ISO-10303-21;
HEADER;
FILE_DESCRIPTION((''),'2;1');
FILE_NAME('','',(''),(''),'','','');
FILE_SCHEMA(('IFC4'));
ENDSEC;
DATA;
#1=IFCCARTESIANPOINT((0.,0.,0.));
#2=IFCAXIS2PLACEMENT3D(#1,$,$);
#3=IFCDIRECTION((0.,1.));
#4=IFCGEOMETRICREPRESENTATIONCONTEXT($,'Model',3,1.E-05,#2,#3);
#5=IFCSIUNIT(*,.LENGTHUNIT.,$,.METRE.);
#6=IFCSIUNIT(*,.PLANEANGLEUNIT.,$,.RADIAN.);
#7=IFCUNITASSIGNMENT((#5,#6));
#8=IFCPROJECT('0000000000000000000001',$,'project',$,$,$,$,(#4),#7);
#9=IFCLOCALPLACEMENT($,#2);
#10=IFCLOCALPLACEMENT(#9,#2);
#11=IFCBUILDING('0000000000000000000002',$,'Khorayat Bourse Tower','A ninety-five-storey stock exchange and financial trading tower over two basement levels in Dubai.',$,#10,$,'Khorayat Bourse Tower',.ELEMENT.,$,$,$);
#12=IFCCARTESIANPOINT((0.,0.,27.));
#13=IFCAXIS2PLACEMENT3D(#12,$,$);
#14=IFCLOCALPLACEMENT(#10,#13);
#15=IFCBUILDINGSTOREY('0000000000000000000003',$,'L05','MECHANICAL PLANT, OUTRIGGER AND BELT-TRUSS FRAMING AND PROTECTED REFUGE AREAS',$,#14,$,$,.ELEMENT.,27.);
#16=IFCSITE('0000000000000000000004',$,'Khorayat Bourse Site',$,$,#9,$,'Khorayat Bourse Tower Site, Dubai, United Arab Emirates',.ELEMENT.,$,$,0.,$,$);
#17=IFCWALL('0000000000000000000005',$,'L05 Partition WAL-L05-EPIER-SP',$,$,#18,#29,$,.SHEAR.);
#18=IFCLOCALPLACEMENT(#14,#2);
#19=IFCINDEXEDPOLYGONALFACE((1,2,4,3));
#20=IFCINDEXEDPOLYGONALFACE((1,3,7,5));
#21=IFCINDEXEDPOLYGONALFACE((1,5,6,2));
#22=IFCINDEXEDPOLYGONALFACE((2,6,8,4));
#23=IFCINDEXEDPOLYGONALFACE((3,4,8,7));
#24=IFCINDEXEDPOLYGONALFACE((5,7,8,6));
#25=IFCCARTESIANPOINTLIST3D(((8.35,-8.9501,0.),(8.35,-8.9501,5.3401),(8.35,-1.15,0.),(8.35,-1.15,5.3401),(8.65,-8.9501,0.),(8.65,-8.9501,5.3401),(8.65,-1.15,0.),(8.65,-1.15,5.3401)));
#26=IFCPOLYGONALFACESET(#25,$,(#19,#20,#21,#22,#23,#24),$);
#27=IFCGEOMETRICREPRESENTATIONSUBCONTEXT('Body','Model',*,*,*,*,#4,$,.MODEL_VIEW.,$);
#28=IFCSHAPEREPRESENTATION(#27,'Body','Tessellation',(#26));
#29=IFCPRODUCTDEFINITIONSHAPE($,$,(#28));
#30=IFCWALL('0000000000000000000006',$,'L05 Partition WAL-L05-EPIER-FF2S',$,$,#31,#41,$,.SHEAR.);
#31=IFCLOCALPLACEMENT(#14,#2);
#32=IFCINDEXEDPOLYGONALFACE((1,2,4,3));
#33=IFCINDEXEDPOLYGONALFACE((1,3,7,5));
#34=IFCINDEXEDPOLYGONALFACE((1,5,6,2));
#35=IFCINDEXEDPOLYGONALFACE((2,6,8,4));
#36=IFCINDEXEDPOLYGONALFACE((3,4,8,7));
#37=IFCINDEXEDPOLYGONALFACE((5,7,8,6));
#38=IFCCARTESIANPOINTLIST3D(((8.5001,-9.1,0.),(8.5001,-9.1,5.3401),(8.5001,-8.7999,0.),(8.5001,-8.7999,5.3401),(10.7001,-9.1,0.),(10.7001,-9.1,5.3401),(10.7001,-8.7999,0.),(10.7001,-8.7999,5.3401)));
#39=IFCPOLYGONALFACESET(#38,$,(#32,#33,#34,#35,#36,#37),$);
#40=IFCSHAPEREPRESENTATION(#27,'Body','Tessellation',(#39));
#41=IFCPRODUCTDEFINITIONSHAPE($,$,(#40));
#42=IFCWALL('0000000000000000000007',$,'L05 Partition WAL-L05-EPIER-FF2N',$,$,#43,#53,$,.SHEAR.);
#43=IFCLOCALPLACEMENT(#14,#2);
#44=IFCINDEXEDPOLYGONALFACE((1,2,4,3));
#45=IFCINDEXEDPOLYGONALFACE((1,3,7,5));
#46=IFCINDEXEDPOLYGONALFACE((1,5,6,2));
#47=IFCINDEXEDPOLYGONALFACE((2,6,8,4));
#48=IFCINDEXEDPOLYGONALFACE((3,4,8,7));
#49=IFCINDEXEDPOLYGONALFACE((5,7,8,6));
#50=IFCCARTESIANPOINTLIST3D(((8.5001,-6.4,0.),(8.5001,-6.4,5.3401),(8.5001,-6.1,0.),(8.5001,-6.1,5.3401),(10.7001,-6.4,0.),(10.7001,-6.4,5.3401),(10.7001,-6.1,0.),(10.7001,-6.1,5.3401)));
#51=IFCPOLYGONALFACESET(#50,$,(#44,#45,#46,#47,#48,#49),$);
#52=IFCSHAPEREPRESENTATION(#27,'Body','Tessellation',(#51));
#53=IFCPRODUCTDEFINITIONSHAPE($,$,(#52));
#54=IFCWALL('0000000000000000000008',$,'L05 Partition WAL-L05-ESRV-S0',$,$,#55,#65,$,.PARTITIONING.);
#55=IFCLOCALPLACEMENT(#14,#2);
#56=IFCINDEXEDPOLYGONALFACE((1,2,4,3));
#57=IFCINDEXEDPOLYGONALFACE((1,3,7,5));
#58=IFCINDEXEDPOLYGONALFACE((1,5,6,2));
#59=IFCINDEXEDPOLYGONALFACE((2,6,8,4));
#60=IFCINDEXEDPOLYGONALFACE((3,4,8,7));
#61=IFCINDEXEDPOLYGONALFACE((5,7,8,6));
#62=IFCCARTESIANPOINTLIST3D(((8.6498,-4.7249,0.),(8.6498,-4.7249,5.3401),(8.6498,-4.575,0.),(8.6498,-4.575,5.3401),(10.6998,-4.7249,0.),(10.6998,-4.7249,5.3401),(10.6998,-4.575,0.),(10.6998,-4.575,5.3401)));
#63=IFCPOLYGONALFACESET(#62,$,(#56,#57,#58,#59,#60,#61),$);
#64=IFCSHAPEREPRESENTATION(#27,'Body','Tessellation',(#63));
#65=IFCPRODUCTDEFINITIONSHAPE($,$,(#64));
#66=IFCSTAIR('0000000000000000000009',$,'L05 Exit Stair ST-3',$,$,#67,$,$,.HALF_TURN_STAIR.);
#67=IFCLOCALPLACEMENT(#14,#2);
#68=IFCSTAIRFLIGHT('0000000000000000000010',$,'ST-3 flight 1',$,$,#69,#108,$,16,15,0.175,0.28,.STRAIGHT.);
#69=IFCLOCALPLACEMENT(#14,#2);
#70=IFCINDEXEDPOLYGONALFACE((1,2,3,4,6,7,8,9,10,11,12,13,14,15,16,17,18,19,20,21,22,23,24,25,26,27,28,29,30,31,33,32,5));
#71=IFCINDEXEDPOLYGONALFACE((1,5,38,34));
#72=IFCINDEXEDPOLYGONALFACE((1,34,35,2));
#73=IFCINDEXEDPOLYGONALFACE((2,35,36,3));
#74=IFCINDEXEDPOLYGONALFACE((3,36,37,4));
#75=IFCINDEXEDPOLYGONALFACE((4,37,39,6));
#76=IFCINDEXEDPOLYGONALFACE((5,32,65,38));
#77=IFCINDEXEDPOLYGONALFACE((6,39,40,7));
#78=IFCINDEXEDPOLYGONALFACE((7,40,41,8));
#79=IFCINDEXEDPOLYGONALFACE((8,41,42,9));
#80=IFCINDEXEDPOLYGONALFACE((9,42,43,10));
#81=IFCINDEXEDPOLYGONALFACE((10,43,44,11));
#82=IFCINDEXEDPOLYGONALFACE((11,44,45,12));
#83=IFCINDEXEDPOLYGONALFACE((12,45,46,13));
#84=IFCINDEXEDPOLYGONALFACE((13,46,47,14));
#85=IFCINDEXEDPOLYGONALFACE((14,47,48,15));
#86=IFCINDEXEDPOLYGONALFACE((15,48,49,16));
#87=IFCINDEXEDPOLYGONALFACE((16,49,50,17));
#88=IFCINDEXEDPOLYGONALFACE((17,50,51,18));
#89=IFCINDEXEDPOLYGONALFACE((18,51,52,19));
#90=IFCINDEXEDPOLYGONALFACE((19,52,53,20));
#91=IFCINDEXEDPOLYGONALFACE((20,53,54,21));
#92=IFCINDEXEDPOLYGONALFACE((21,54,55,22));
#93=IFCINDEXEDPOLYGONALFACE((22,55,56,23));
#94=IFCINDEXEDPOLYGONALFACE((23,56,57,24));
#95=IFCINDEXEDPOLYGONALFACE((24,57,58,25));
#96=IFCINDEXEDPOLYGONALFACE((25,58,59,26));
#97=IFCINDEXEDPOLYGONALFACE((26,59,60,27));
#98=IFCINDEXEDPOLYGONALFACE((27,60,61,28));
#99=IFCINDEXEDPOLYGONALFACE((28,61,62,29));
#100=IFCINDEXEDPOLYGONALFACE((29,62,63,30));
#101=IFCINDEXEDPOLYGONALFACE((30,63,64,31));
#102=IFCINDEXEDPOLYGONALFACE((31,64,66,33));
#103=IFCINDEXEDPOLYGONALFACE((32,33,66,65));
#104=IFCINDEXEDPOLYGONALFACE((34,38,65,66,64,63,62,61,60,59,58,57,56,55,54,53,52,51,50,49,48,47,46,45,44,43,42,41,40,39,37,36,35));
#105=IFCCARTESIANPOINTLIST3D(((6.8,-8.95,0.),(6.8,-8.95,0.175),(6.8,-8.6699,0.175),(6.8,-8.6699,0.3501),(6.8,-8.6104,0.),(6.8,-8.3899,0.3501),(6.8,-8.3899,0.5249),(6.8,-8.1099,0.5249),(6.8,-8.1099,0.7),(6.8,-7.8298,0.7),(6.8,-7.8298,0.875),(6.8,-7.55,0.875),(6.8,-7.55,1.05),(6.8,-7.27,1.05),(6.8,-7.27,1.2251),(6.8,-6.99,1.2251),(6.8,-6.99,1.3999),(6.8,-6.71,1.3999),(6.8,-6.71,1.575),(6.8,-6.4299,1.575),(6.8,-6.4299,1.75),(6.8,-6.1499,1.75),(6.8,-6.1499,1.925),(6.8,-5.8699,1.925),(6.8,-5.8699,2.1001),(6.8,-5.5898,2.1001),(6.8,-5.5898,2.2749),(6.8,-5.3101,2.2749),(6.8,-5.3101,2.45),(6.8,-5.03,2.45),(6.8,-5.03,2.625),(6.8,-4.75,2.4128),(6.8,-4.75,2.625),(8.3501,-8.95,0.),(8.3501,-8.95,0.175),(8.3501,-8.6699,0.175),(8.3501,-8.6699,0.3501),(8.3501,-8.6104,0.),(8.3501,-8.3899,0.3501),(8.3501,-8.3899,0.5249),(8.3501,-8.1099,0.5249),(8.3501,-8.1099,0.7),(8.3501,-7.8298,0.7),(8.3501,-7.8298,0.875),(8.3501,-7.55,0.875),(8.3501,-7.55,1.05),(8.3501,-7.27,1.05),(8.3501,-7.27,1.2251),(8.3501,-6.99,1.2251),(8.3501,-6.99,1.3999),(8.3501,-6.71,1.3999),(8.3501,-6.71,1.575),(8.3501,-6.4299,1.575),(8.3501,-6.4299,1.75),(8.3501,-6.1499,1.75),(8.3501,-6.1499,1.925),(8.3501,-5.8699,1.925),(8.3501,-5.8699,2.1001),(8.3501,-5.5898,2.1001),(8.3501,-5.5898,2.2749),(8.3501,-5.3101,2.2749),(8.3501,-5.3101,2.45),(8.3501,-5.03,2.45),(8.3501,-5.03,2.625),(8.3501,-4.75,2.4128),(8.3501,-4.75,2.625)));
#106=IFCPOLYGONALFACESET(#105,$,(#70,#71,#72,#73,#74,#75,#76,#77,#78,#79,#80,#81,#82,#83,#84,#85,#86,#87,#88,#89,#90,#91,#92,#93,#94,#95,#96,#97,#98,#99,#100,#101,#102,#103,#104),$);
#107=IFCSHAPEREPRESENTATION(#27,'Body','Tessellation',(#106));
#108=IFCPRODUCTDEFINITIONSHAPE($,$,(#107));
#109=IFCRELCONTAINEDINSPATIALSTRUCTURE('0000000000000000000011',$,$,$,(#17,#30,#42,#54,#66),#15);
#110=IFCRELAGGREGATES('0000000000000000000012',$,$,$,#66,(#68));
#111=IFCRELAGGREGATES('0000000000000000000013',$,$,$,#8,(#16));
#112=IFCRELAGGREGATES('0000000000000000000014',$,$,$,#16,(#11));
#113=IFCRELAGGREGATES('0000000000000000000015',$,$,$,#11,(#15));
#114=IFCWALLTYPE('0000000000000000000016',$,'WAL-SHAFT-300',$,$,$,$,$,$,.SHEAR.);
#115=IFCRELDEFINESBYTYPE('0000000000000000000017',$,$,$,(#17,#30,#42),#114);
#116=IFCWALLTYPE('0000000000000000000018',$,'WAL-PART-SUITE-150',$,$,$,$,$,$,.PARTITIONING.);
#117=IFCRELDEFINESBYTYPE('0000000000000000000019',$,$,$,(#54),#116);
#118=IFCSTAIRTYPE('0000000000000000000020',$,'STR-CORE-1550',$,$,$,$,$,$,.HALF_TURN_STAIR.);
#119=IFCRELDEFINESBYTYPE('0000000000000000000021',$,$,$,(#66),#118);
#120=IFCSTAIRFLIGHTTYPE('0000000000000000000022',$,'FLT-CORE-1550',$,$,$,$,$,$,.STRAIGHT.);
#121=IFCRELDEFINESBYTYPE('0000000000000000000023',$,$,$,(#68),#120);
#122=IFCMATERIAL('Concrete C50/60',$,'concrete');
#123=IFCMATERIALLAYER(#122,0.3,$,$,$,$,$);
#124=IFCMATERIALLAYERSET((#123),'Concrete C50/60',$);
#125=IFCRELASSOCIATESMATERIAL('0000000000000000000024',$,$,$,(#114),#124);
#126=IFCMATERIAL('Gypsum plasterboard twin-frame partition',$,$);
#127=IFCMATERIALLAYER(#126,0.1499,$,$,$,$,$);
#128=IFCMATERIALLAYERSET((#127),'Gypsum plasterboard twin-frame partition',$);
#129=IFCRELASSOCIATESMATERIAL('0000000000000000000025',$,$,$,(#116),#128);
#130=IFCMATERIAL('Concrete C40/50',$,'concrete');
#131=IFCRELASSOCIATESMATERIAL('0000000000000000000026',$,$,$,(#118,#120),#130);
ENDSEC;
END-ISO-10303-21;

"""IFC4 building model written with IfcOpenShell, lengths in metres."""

from ifc_helpers import new_model, si_unit, direction, frame, frame_2d, origin, place, context, subcontext, project, spatial, polyline, rectangle, outline, extrude, source, transform, mapped, material, layer, layer_set, type_object, element, aggregate, save


model = new_model("IFC4")

# Units and contexts
model_context = context("Model", 3, precision=1e-05, world=origin(), true_north=direction((0.0, 1.0)))
body_context = subcontext(model_context, "Body", "Model", "MODEL_VIEW")
ifc_project = project(units=[si_unit("LENGTHUNIT", "METRE"), si_unit("PLANEANGLEUNIT", "RADIAN")], contexts=[model_context])

# Site, building, storey
site_placement = place(None, origin())
site = spatial("IfcSite", under=ifc_project, at=site_placement, Name="Khorayat Bourse Site", LongName="Khorayat Bourse Tower Site, Dubai, United Arab Emirates", CompositionType="ELEMENT", RefElevation=0.0)
building_placement = place(site_placement, origin())
building = spatial("IfcBuilding", under=site, at=building_placement, Name="Khorayat Bourse Tower", Description="A ninety-five-storey stock exchange and financial trading tower over two basement levels in Dubai.", LongName="Khorayat Bourse Tower", CompositionType="ELEMENT")
storey_placement = place(building_placement, frame((0.0, 0.0, 27.0)))
storey = spatial("IfcBuildingStorey", under=building, at=storey_placement, Name="L05", Description="MECHANICAL PLANT, OUTRIGGER AND BELT-TRUSS FRAMING AND PROTECTED REFUGE AREAS", CompositionType="ELEMENT", Elevation=27.0)

# Walls
ifc_material_1 = material(Name="Concrete C50/60", Category="concrete")
ifc_layer_1 = layer(ifc_material_1, 0.3)
ifc_layer_set_1 = layer_set([ifc_layer_1], Name="Concrete C50/60")
wall_type_1 = type_object("IfcWallType", Name="WAL-SHAFT-300", PredefinedType="SHEAR", material=ifc_layer_set_1)
shared_shape_1 = source(origin(), body_context, "Body", "SweptSolid", [
    extrude(rectangle(XDim=7.8, YDim=0.3, at=frame_2d((3.8999, 0.0))), origin(), (0.0, 0.0, 1.0), 5.3401),
])
wall_1_placement = place(storey_placement, frame((8.5, -8.95, 0.0), z_axis=(0.0, 0.0, 1.0), x_axis=(0.0, 1.0, 0.0)))
element("IfcWall", 1, at=wall_1_placement, inside=storey, type_object=wall_type_1, Name="L05 Partition WAL-L05-EPIER-SP", PredefinedType="SHEAR", context=body_context, shape_type="MappedRepresentation", body=[
    mapped(shared_shape_1, transform((0.0, 0.0, 0.0), scale=1.0)),
])
shared_shape_2 = source(origin(), body_context, "Body", "SweptSolid", [
    extrude(rectangle(XDim=2.2, YDim=0.3, at=frame_2d((1.1001, 0.0))), origin(), (0.0, 0.0, 1.0), 5.3401),
])
for number, where, z_axis, x_axis, name in (
    (2, (8.5, -8.95, 0.0), (0.0, 0.0, 1.0), (1.0, 0.0, 0.0), "L05 Partition WAL-L05-EPIER-FF2S"),
    (3, (8.5, -6.25, 0.0), (0.0, 0.0, 1.0), (1.0, 0.0, 0.0), "L05 Partition WAL-L05-EPIER-FF2N"),
):
    element("IfcWall", number, at=place(storey_placement, frame(where, z_axis=z_axis, x_axis=x_axis)), inside=storey, type_object=wall_type_1, Name=name, PredefinedType="SHEAR", context=body_context, shape_type="MappedRepresentation", body=[
        mapped(shared_shape_2, transform((0.0, 0.0, 0.0), scale=1.0)),
    ])
ifc_material_2 = material(Name="Gypsum plasterboard twin-frame partition")
ifc_layer_2 = layer(ifc_material_2, 0.1499)
ifc_layer_set_2 = layer_set([ifc_layer_2], Name="Gypsum plasterboard twin-frame partition")
wall_type_2 = type_object("IfcWallType", Name="WAL-PART-SUITE-150", PredefinedType="PARTITIONING", material=ifc_layer_set_2)
shared_shape_3 = source(origin(), body_context, "Body", "SweptSolid", [
    extrude(rectangle(XDim=2.05, YDim=0.1499, at=frame_2d((1.0249, 0.0))), origin(), (0.0, 0.0, 1.0), 5.3401),
])
wall_2_placement = place(storey_placement, frame((8.6499, -4.6499, 0.0), z_axis=(0.0, 0.0, 1.0), x_axis=(1.0, 0.0, 0.0)))
element("IfcWall", 4, at=wall_2_placement, inside=storey, type_object=wall_type_2, Name="L05 Partition WAL-L05-ESRV-S0", PredefinedType="PARTITIONING", context=body_context, shape_type="MappedRepresentation", body=[
    mapped(shared_shape_3, transform((0.0, 0.0, 0.0), scale=1.0)),
])

# Stair, stair flight
ifc_material_3 = material(Name="Concrete C40/50", Category="concrete")
stair_type = type_object("IfcStairType", Name="STR-CORE-1550", PredefinedType="HALF_TURN_STAIR", material=ifc_material_3)
stair_placement = place(storey_placement, origin())
stair = element("IfcStair", 5, at=stair_placement, inside=storey, type_object=stair_type, Name="L05 Exit Stair ST-3", PredefinedType="HALF_TURN_STAIR")
stair_flight_type = type_object("IfcStairFlightType", Name="FLT-CORE-1550", PredefinedType="STRAIGHT", material=ifc_material_3)
shared_shape_4 = source(origin(), body_context, "Body", "SweptSolid", [
    extrude(outline(polyline([(0.0, 0.0), (0.0, 0.175), (0.28, 0.175), (0.28, 0.3501), (0.5601, 0.3501), (0.5601, 0.5249), (0.8401, 0.5249), (0.8401, 0.7), (1.1201, 0.7), (1.1201, 0.875), (1.3999, 0.875), (1.3999, 1.05), (1.6799, 1.05), (1.6799, 1.2251), (1.96, 1.2251), (1.96, 1.3999), (2.24, 1.3999), (2.24, 1.575), (2.52, 1.575), (2.52, 1.75), (2.8, 1.75), (2.8, 1.925), (3.0801, 1.925), (3.0801, 2.1001), (3.3601, 2.1001), (3.3601, 2.2749), (3.6399, 2.2749), (3.6399, 2.45), (3.9199, 2.45), (3.9199, 2.625), (4.2, 2.625), (4.2, 2.8), (4.2, 2.4128), (0.3396, 0.0), (0.0, 0.0)])), frame((0.0, 0.7749, 0.0), z_axis=(0.0, -1.0, 0.0), x_axis=(1.0, 0.0, 0.0)), (0.0, 0.0, 1.0), 1.55),
])
stair_flight_placement = place(storey_placement, frame((7.575, -8.95, 0.0), z_axis=(0.0, 0.0, 1.0), x_axis=(0.0, 1.0, 0.0)))
stair_flight = element("IfcStairFlight", 6, at=stair_flight_placement, type_object=stair_flight_type, Name="ST-3 flight 1", NumberOfRisers=16, NumberOfTreads=15, PredefinedType="STRAIGHT", RiserHeight=0.175, TreadLength=0.28, context=body_context, shape_type="MappedRepresentation", body=[
    mapped(shared_shape_4, transform((0.0, 0.0, 0.0), scale=1.0)),
])
aggregate(stair, [stair_flight])

save(model, "model.ifc")
